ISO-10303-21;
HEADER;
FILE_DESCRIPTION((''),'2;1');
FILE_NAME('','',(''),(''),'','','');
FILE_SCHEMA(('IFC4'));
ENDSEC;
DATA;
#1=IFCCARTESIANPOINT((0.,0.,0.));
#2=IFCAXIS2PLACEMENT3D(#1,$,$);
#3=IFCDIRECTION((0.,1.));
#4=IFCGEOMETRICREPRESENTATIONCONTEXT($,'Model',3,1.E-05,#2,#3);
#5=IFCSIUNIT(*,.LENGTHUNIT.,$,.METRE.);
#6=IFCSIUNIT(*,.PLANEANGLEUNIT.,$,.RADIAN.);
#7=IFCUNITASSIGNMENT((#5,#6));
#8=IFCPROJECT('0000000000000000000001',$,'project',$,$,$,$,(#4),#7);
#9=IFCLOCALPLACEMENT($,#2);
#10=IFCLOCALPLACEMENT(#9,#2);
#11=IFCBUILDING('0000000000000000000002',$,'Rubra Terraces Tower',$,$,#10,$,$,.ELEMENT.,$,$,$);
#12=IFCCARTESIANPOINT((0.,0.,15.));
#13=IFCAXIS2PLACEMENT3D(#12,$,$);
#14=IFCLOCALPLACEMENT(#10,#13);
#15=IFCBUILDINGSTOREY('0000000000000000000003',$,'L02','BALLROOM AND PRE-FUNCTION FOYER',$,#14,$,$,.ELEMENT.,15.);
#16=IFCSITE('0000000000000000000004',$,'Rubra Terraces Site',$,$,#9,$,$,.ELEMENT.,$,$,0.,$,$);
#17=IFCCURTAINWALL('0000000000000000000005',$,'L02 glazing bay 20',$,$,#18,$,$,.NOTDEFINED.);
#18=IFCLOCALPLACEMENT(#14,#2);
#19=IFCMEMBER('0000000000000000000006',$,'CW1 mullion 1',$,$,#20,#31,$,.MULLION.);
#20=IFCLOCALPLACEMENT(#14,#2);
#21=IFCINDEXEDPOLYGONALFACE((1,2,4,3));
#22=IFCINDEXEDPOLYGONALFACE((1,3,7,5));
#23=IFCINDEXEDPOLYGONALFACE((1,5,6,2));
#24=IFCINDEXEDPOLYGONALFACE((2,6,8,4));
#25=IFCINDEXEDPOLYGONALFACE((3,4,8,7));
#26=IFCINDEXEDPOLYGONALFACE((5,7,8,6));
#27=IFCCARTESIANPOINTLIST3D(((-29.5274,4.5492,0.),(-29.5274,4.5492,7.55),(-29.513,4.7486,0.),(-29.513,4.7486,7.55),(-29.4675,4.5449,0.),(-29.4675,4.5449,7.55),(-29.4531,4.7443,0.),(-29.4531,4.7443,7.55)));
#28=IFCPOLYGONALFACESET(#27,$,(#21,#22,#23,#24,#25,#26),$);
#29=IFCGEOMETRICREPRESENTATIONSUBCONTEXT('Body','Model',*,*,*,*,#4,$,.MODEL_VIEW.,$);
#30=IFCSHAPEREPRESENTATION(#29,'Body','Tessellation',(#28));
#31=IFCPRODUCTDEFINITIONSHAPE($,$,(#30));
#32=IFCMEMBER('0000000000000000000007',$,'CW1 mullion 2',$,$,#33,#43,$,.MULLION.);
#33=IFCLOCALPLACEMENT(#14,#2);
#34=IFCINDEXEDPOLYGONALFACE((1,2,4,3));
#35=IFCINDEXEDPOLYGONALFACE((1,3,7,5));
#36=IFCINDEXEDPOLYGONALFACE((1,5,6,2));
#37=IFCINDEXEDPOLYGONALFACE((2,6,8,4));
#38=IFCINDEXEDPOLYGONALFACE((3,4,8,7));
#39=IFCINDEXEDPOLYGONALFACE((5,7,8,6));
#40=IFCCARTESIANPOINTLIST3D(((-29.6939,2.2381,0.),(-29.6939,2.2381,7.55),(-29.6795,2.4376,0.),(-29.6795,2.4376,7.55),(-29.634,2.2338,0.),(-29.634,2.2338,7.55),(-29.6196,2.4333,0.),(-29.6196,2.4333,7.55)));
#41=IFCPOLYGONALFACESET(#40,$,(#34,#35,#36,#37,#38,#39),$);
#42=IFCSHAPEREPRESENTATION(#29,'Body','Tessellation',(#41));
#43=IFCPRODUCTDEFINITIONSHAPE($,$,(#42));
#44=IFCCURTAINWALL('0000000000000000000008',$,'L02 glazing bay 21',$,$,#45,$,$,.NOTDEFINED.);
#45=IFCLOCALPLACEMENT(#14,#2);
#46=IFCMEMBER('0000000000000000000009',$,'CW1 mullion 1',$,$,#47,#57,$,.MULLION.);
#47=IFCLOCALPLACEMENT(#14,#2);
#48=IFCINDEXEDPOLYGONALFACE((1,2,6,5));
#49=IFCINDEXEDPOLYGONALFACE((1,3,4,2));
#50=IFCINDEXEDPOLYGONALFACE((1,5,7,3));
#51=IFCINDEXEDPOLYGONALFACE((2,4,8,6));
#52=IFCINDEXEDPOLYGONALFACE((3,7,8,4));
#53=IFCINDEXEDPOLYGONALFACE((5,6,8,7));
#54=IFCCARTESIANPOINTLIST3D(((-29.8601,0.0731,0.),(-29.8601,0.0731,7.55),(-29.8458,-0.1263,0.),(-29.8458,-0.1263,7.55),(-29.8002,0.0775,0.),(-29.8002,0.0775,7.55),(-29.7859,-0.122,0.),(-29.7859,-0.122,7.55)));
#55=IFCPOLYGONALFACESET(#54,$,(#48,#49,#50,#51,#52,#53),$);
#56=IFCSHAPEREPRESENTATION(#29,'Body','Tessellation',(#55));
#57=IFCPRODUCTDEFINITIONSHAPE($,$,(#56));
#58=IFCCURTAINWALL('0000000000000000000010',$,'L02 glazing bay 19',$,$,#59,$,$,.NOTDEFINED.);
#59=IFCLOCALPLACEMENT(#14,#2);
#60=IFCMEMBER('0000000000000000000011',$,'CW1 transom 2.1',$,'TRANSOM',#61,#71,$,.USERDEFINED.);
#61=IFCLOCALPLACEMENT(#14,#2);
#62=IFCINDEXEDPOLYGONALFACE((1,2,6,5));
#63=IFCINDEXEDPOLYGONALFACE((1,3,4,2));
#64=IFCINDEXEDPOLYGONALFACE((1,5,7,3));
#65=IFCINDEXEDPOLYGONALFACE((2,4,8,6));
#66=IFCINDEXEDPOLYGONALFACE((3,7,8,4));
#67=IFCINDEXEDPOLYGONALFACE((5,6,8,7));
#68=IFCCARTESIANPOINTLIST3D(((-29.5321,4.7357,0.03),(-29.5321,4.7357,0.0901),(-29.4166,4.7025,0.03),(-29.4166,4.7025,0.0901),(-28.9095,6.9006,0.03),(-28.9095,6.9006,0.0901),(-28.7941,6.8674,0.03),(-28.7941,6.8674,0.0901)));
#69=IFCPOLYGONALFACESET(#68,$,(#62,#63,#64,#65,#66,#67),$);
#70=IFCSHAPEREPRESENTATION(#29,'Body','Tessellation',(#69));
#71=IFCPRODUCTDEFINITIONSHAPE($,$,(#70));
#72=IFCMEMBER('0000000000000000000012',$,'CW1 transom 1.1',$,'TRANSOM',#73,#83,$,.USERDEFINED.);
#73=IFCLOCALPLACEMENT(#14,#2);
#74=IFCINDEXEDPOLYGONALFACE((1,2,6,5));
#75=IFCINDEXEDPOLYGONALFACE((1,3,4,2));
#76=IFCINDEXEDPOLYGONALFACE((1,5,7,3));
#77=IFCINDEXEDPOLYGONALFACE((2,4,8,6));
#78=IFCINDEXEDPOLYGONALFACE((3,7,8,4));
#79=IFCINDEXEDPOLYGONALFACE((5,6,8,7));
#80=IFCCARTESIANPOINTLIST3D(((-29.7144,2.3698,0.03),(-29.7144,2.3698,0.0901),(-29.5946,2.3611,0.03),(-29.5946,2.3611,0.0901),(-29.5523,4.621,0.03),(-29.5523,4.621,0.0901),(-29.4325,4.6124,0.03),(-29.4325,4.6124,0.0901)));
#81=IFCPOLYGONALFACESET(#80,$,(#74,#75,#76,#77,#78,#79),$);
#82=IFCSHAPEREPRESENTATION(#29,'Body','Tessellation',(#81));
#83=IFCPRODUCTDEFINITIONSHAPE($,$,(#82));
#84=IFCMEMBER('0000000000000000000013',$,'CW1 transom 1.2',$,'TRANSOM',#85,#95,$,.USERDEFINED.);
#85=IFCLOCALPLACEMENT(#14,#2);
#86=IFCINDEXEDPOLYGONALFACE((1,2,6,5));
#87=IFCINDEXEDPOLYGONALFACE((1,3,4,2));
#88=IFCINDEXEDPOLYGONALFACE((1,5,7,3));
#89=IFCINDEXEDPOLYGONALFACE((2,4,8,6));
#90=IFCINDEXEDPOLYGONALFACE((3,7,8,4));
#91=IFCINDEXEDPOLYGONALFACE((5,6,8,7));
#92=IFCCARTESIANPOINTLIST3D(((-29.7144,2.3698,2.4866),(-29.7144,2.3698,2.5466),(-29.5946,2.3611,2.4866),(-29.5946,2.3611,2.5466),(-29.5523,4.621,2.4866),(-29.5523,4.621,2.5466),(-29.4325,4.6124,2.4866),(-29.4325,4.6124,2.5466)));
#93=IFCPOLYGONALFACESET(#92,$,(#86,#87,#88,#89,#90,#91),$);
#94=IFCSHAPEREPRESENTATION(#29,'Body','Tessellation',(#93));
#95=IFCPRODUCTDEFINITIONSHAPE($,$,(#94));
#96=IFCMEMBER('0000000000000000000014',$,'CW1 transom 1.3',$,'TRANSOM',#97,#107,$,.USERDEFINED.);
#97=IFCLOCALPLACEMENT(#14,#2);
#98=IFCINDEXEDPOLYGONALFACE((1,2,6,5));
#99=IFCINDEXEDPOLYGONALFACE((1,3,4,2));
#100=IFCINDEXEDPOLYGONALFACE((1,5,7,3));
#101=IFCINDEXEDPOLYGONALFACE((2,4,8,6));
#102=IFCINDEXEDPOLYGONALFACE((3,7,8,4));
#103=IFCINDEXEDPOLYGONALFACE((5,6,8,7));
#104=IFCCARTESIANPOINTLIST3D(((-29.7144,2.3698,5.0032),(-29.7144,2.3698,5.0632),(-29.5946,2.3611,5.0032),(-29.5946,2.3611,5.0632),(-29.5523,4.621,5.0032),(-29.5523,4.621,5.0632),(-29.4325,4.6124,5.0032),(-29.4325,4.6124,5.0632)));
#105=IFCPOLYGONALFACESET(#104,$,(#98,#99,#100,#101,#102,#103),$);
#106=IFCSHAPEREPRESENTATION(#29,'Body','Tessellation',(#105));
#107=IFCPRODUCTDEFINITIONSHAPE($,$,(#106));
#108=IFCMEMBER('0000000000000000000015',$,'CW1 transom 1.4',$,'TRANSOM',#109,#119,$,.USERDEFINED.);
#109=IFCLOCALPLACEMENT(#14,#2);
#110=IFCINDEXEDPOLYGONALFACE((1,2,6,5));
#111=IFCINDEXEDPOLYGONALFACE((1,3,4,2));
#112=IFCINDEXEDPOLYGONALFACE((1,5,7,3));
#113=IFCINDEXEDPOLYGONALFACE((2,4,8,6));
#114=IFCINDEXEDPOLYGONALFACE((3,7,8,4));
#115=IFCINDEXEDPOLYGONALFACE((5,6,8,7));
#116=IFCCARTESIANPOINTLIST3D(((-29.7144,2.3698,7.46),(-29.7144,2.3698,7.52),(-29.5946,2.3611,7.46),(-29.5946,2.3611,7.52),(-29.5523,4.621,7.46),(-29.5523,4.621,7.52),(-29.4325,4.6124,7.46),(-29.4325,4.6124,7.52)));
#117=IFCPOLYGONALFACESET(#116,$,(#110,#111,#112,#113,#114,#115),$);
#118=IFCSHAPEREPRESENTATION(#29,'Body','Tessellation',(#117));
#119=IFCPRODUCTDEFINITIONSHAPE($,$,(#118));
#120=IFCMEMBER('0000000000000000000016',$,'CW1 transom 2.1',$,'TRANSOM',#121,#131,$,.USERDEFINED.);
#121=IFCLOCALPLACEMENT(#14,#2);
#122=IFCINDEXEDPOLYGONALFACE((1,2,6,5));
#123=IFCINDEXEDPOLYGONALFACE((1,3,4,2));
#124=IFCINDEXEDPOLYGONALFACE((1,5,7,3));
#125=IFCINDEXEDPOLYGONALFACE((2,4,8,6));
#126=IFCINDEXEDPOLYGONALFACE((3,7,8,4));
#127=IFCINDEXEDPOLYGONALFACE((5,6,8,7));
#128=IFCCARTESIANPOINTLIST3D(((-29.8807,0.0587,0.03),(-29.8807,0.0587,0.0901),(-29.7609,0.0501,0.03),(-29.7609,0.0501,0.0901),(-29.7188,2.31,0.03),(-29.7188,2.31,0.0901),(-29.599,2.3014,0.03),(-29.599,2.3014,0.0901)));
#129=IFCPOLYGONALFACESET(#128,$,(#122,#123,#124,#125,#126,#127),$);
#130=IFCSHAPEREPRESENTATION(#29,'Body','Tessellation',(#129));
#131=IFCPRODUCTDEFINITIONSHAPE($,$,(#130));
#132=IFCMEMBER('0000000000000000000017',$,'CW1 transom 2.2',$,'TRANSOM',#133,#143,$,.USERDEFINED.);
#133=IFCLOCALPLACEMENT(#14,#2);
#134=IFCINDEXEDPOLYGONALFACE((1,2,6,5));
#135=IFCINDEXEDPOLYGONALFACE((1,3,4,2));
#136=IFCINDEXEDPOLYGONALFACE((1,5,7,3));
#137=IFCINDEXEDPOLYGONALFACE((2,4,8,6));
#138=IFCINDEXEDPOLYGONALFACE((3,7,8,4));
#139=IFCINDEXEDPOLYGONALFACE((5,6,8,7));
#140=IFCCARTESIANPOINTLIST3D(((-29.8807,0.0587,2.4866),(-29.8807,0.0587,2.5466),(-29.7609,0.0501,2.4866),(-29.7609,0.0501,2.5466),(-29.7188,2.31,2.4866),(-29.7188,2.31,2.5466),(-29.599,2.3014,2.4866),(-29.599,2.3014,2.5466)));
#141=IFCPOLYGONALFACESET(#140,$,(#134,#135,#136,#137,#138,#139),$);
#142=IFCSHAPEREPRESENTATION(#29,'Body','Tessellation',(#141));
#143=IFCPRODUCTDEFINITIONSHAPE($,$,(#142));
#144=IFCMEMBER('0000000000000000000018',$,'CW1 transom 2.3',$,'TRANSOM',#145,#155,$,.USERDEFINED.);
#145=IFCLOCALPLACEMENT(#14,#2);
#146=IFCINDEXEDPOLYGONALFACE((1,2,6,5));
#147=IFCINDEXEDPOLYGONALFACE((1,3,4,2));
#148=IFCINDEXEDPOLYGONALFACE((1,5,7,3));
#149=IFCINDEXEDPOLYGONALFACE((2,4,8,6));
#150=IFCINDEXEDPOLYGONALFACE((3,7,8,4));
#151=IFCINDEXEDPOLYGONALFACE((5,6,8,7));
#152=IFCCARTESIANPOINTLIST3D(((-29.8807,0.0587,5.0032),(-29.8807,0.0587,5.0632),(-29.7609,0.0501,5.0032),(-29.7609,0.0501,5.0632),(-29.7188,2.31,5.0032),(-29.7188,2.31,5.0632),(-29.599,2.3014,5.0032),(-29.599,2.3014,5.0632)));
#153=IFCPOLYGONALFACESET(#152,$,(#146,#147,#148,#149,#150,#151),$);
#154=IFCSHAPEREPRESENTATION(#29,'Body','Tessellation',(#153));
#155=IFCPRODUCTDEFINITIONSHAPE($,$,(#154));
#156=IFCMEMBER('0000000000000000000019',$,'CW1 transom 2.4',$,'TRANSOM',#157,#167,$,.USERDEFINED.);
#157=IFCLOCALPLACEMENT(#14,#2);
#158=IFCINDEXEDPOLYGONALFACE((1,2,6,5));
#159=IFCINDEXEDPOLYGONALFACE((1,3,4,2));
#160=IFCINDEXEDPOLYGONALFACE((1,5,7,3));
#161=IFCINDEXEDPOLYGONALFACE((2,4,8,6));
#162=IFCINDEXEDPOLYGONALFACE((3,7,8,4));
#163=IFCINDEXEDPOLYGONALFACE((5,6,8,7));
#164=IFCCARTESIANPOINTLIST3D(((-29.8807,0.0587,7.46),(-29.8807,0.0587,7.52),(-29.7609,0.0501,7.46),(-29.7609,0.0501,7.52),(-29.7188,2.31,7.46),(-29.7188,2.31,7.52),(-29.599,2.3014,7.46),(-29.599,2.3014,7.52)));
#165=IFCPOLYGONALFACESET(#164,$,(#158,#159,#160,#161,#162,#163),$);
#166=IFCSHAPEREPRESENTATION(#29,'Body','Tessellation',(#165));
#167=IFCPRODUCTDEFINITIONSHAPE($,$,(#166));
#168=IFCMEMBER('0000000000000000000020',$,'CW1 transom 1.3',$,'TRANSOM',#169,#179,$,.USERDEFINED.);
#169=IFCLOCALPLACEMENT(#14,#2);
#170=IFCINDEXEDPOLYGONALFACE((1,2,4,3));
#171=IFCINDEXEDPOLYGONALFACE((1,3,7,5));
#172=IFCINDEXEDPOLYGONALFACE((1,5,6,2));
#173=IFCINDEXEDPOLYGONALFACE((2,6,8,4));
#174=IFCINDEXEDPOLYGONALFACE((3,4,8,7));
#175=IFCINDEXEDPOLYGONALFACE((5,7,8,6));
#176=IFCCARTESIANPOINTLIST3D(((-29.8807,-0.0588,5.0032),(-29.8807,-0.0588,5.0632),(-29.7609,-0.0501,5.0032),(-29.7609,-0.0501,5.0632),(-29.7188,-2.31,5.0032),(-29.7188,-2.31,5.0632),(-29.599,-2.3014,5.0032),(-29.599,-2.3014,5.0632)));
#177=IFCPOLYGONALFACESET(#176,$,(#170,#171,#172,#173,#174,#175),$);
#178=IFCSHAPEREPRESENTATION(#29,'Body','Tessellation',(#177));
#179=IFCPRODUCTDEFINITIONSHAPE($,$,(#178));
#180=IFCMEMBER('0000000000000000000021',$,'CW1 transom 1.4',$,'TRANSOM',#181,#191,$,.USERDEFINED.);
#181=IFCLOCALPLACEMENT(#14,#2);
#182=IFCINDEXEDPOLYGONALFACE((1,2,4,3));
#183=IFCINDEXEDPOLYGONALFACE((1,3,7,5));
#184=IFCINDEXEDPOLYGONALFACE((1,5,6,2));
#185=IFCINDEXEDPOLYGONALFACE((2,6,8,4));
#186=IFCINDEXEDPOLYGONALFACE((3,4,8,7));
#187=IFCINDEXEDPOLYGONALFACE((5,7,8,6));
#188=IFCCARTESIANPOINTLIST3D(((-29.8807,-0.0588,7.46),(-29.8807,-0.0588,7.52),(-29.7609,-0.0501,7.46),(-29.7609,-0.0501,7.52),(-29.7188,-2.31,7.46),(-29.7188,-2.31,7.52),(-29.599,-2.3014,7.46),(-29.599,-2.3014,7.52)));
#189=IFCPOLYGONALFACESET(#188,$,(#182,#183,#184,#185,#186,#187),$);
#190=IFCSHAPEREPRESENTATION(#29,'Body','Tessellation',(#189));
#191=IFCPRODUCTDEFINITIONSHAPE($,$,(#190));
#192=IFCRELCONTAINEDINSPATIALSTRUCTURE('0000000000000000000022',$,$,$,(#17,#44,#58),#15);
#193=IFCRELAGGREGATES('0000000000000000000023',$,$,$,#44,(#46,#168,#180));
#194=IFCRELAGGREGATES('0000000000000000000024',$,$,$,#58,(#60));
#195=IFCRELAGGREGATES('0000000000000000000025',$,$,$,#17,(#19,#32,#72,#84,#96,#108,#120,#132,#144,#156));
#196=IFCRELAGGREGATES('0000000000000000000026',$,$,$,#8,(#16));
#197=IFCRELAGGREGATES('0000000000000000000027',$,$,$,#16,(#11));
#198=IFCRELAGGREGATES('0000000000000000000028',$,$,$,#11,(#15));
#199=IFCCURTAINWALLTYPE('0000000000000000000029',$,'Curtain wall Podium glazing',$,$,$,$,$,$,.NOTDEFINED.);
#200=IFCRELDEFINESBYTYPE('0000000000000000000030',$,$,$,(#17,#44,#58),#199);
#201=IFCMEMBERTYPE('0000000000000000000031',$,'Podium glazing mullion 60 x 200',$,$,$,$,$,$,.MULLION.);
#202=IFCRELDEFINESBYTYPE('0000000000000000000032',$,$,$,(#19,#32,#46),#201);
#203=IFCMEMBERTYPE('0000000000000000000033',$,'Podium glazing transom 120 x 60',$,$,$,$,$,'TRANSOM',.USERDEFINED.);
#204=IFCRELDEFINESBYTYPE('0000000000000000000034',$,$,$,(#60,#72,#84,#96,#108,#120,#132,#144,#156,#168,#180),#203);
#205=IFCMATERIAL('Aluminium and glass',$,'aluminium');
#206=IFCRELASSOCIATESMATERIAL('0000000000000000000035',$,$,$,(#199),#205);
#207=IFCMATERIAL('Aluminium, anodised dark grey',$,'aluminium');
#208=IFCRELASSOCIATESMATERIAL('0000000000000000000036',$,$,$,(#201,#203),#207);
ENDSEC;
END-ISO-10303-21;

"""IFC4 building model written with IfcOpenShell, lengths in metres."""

from ifc_helpers import new_model, si_unit, direction, frame, origin, origin_2d, place, context, subcontext, project, spatial, rectangle, extrude, material, material_profile, profile_set, type_object, element, aggregate, save


model = new_model("IFC4")

# Units and contexts
model_context = context("Model", 3, precision=1e-05, world=origin(), true_north=direction((0.0, 1.0)))
body_context = subcontext(model_context, "Body", "Model", "MODEL_VIEW")
ifc_project = project(units=[si_unit("LENGTHUNIT", "METRE"), si_unit("PLANEANGLEUNIT", "RADIAN")], contexts=[model_context])

# Site, building, storey
site_placement = place(None, origin())
site = spatial("IfcSite", under=ifc_project, at=site_placement, Name="Rubra Terraces Site", CompositionType="ELEMENT", RefElevation=0.0)
building_placement = place(site_placement, origin())
building = spatial("IfcBuilding", under=site, at=building_placement, Name="Rubra Terraces Tower", CompositionType="ELEMENT")
storey_placement = place(building_placement, frame((0.0, 0.0, 15.0)))
storey = spatial("IfcBuildingStorey", under=building, at=storey_placement, Name="L02", Description="BALLROOM AND PRE-FUNCTION FOYER", CompositionType="ELEMENT", Elevation=15.0)

# Curtain wall, members
ifc_material_1 = material(Name="Aluminium and glass", Category="aluminium")
curtain_wall_type = type_object("IfcCurtainWallType", Name="Curtain wall Podium glazing", PredefinedType="NOTDEFINED", material=ifc_material_1)
curtain_wall_1_placement = place(storey_placement, origin())
curtain_wall_1 = element("IfcCurtainWall", 1, at=curtain_wall_1_placement, inside=storey, type_object=curtain_wall_type, Name="L02 glazing bay 20", PredefinedType="NOTDEFINED")
ifc_material_2 = material(Name="Aluminium, anodised dark grey", Category="aluminium")
ifc_material_profile_1 = material_profile(ifc_material_2, rectangle(XDim=0.0601, YDim=0.2, at=origin_2d()), Name="AL 60x200")
ifc_profile_set_1 = profile_set([ifc_material_profile_1], Name="Aluminium, anodised dark grey")
member_type_1 = type_object("IfcMemberType", Name="Podium glazing mullion 60 x 200", PredefinedType="MULLION", material=ifc_profile_set_1)
member_1_placement = place(storey_placement, frame((-29.4902, 4.6467, 0.0), z_axis=(0.0, 0.0, 1.0), x_axis=(0.99742, -0.071792, 0.0)))
member_1 = element("IfcMember", 2, at=member_1_placement, type_object=member_type_1, Name="CW1 mullion 1", PredefinedType="MULLION", context=body_context, shape_type="SweptSolid", body=[
    extrude(rectangle(XDim=0.0601, YDim=0.2, at=origin_2d()), origin(), (0.0, 0.0, 1.0), 7.55),
])
member_2_placement = place(storey_placement, frame((-29.6567, 2.3357, 0.0), z_axis=(0.0, 0.0, 1.0), x_axis=(0.99742, -0.071792, 0.0)))
member_2 = element("IfcMember", 3, at=member_2_placement, type_object=member_type_1, Name="CW1 mullion 2", PredefinedType="MULLION", context=body_context, shape_type="SweptSolid", body=[
    extrude(rectangle(XDim=0.0601, YDim=0.2, at=origin_2d()), origin(), (0.0, 0.0, 1.0), 7.55),
])

# Curtain walls, members
curtain_wall_2_placement = place(storey_placement, origin())
curtain_wall_2 = element("IfcCurtainWall", 4, at=curtain_wall_2_placement, inside=storey, type_object=curtain_wall_type, Name="L02 glazing bay 21", PredefinedType="NOTDEFINED")
member_3_placement = place(storey_placement, frame((-29.823, -0.0244, 0.0), z_axis=(0.0, 0.0, 1.0), x_axis=(0.99742, 0.071792, 0.0)))
member_3 = element("IfcMember", 5, at=member_3_placement, type_object=member_type_1, Name="CW1 mullion 1", PredefinedType="MULLION", context=body_context, shape_type="SweptSolid", body=[
    extrude(rectangle(XDim=0.0601, YDim=0.2, at=origin_2d()), origin(), (0.0, 0.0, 1.0), 7.55),
])
curtain_wall_3_placement = place(storey_placement, origin())
curtain_wall_3 = element("IfcCurtainWall", 6, at=curtain_wall_3_placement, inside=storey, type_object=curtain_wall_type, Name="L02 glazing bay 19", PredefinedType="NOTDEFINED")
ifc_material_profile_2 = material_profile(ifc_material_2, rectangle(XDim=0.1201, YDim=0.0601, at=origin_2d()), Name="AL 120x60")
ifc_profile_set_2 = profile_set([ifc_material_profile_2], Name="Aluminium, anodised dark grey")
member_type_2 = type_object("IfcMemberType", Name="Podium glazing transom 120 x 60", ElementType="TRANSOM", PredefinedType="USERDEFINED", material=ifc_profile_set_2)
member_4_placement = place(storey_placement, frame((-28.8518, 6.884, 0.0601), z_axis=(-0.276352, -0.961056, 0.0), x_axis=(0.961056, -0.276352, 0.0)))
member_4 = element("IfcMember", 7, at=member_4_placement, type_object=member_type_2, Name="CW1 transom 2.1", ObjectType="TRANSOM", PredefinedType="USERDEFINED", context=body_context, shape_type="SweptSolid", body=[
    extrude(rectangle(XDim=0.1201, YDim=0.0601, at=origin_2d()), origin(), (0.0, 0.0, 1.0), 2.2527),
])

# Members
member_5_placement = place(storey_placement, frame((-29.4924, 4.6167, 0.0601), z_axis=(-0.071824, -0.997417, 0.0), x_axis=(0.997417, -0.071824, 0.0)))
member_5 = element("IfcMember", 8, at=member_5_placement, type_object=member_type_2, Name="CW1 transom 1.1", ObjectType="TRANSOM", PredefinedType="USERDEFINED", context=body_context, shape_type="SweptSolid", body=[
    extrude(rectangle(XDim=0.1201, YDim=0.0601, at=origin_2d()), origin(), (0.0, 0.0, 1.0), 2.2571),
])
member_6_placement = place(storey_placement, frame((-29.4924, 4.6167, 2.5166), z_axis=(-0.071824, -0.997417, 0.0), x_axis=(0.997417, -0.071824, 0.0)))
member_6 = element("IfcMember", 9, at=member_6_placement, type_object=member_type_2, Name="CW1 transom 1.2", ObjectType="TRANSOM", PredefinedType="USERDEFINED", context=body_context, shape_type="SweptSolid", body=[
    extrude(rectangle(XDim=0.1201, YDim=0.0601, at=origin_2d()), origin(), (0.0, 0.0, 1.0), 2.2571),
])
member_7_placement = place(storey_placement, frame((-29.4924, 4.6167, 5.0332), z_axis=(-0.071824, -0.997417, 0.0), x_axis=(0.997417, -0.071824, 0.0)))
member_7 = element("IfcMember", 10, at=member_7_placement, type_object=member_type_2, Name="CW1 transom 1.3", ObjectType="TRANSOM", PredefinedType="USERDEFINED", context=body_context, shape_type="SweptSolid", body=[
    extrude(rectangle(XDim=0.1201, YDim=0.0601, at=origin_2d()), origin(), (0.0, 0.0, 1.0), 2.2571),
])
member_8_placement = place(storey_placement, frame((-29.4924, 4.6167, 7.49), z_axis=(-0.071824, -0.997417, 0.0), x_axis=(0.997417, -0.071824, 0.0)))
member_8 = element("IfcMember", 11, at=member_8_placement, type_object=member_type_2, Name="CW1 transom 1.4", ObjectType="TRANSOM", PredefinedType="USERDEFINED", context=body_context, shape_type="SweptSolid", body=[
    extrude(rectangle(XDim=0.1201, YDim=0.0601, at=origin_2d()), origin(), (0.0, 0.0, 1.0), 2.2571),
])
member_9_placement = place(storey_placement, frame((-29.6589, 2.3057, 0.0601), z_axis=(-0.071716, -0.997425, 0.0), x_axis=(0.997425, -0.071716, 0.0)))
member_9 = element("IfcMember", 12, at=member_9_placement, type_object=member_type_2, Name="CW1 transom 2.1", ObjectType="TRANSOM", PredefinedType="USERDEFINED", context=body_context, shape_type="SweptSolid", body=[
    extrude(rectangle(XDim=0.1201, YDim=0.0601, at=origin_2d()), origin(), (0.0, 0.0, 1.0), 2.2571),
])
member_10_placement = place(storey_placement, frame((-29.6589, 2.3057, 2.5166), z_axis=(-0.071716, -0.997425, 0.0), x_axis=(0.997425, -0.071716, 0.0)))
member_10 = element("IfcMember", 13, at=member_10_placement, type_object=member_type_2, Name="CW1 transom 2.2", ObjectType="TRANSOM", PredefinedType="USERDEFINED", context=body_context, shape_type="SweptSolid", body=[
    extrude(rectangle(XDim=0.1201, YDim=0.0601, at=origin_2d()), origin(), (0.0, 0.0, 1.0), 2.2571),
])
member_11_placement = place(storey_placement, frame((-29.6589, 2.3057, 5.0332), z_axis=(-0.071716, -0.997425, 0.0), x_axis=(0.997425, -0.071716, 0.0)))
member_11 = element("IfcMember", 14, at=member_11_placement, type_object=member_type_2, Name="CW1 transom 2.3", ObjectType="TRANSOM", PredefinedType="USERDEFINED", context=body_context, shape_type="SweptSolid", body=[
    extrude(rectangle(XDim=0.1201, YDim=0.0601, at=origin_2d()), origin(), (0.0, 0.0, 1.0), 2.2571),
])
member_12_placement = place(storey_placement, frame((-29.6589, 2.3057, 7.49), z_axis=(-0.071716, -0.997425, 0.0), x_axis=(0.997425, -0.071716, 0.0)))
member_12 = element("IfcMember", 15, at=member_12_placement, type_object=member_type_2, Name="CW1 transom 2.4", ObjectType="TRANSOM", PredefinedType="USERDEFINED", context=body_context, shape_type="SweptSolid", body=[
    extrude(rectangle(XDim=0.1201, YDim=0.0601, at=origin_2d()), origin(), (0.0, 0.0, 1.0), 2.2571),
])
member_13_placement = place(storey_placement, frame((-29.8208, -0.0544, 5.0332), z_axis=(0.071716, -0.997425, 0.0), x_axis=(0.997425, 0.071716, 0.0)))
member_13 = element("IfcMember", 16, at=member_13_placement, type_object=member_type_2, Name="CW1 transom 1.3", ObjectType="TRANSOM", PredefinedType="USERDEFINED", context=body_context, shape_type="SweptSolid", body=[
    extrude(rectangle(XDim=0.1201, YDim=0.0601, at=origin_2d()), origin(), (0.0, 0.0, 1.0), 2.2571),
])
member_14_placement = place(storey_placement, frame((-29.8208, -0.0544, 7.49), z_axis=(0.071716, -0.997425, 0.0), x_axis=(0.997425, 0.071716, 0.0)))
member_14 = element("IfcMember", 17, at=member_14_placement, type_object=member_type_2, Name="CW1 transom 1.4", ObjectType="TRANSOM", PredefinedType="USERDEFINED", context=body_context, shape_type="SweptSolid", body=[
    extrude(rectangle(XDim=0.1201, YDim=0.0601, at=origin_2d()), origin(), (0.0, 0.0, 1.0), 2.2571),
])
aggregate(curtain_wall_2, [member_3, member_13, member_14])

aggregate(curtain_wall_3, [member_4])
aggregate(curtain_wall_1, [member_1, member_2, member_5, member_6, member_7, member_8, member_9, member_10, member_11, member_12])

save(model, "model.ifc")
